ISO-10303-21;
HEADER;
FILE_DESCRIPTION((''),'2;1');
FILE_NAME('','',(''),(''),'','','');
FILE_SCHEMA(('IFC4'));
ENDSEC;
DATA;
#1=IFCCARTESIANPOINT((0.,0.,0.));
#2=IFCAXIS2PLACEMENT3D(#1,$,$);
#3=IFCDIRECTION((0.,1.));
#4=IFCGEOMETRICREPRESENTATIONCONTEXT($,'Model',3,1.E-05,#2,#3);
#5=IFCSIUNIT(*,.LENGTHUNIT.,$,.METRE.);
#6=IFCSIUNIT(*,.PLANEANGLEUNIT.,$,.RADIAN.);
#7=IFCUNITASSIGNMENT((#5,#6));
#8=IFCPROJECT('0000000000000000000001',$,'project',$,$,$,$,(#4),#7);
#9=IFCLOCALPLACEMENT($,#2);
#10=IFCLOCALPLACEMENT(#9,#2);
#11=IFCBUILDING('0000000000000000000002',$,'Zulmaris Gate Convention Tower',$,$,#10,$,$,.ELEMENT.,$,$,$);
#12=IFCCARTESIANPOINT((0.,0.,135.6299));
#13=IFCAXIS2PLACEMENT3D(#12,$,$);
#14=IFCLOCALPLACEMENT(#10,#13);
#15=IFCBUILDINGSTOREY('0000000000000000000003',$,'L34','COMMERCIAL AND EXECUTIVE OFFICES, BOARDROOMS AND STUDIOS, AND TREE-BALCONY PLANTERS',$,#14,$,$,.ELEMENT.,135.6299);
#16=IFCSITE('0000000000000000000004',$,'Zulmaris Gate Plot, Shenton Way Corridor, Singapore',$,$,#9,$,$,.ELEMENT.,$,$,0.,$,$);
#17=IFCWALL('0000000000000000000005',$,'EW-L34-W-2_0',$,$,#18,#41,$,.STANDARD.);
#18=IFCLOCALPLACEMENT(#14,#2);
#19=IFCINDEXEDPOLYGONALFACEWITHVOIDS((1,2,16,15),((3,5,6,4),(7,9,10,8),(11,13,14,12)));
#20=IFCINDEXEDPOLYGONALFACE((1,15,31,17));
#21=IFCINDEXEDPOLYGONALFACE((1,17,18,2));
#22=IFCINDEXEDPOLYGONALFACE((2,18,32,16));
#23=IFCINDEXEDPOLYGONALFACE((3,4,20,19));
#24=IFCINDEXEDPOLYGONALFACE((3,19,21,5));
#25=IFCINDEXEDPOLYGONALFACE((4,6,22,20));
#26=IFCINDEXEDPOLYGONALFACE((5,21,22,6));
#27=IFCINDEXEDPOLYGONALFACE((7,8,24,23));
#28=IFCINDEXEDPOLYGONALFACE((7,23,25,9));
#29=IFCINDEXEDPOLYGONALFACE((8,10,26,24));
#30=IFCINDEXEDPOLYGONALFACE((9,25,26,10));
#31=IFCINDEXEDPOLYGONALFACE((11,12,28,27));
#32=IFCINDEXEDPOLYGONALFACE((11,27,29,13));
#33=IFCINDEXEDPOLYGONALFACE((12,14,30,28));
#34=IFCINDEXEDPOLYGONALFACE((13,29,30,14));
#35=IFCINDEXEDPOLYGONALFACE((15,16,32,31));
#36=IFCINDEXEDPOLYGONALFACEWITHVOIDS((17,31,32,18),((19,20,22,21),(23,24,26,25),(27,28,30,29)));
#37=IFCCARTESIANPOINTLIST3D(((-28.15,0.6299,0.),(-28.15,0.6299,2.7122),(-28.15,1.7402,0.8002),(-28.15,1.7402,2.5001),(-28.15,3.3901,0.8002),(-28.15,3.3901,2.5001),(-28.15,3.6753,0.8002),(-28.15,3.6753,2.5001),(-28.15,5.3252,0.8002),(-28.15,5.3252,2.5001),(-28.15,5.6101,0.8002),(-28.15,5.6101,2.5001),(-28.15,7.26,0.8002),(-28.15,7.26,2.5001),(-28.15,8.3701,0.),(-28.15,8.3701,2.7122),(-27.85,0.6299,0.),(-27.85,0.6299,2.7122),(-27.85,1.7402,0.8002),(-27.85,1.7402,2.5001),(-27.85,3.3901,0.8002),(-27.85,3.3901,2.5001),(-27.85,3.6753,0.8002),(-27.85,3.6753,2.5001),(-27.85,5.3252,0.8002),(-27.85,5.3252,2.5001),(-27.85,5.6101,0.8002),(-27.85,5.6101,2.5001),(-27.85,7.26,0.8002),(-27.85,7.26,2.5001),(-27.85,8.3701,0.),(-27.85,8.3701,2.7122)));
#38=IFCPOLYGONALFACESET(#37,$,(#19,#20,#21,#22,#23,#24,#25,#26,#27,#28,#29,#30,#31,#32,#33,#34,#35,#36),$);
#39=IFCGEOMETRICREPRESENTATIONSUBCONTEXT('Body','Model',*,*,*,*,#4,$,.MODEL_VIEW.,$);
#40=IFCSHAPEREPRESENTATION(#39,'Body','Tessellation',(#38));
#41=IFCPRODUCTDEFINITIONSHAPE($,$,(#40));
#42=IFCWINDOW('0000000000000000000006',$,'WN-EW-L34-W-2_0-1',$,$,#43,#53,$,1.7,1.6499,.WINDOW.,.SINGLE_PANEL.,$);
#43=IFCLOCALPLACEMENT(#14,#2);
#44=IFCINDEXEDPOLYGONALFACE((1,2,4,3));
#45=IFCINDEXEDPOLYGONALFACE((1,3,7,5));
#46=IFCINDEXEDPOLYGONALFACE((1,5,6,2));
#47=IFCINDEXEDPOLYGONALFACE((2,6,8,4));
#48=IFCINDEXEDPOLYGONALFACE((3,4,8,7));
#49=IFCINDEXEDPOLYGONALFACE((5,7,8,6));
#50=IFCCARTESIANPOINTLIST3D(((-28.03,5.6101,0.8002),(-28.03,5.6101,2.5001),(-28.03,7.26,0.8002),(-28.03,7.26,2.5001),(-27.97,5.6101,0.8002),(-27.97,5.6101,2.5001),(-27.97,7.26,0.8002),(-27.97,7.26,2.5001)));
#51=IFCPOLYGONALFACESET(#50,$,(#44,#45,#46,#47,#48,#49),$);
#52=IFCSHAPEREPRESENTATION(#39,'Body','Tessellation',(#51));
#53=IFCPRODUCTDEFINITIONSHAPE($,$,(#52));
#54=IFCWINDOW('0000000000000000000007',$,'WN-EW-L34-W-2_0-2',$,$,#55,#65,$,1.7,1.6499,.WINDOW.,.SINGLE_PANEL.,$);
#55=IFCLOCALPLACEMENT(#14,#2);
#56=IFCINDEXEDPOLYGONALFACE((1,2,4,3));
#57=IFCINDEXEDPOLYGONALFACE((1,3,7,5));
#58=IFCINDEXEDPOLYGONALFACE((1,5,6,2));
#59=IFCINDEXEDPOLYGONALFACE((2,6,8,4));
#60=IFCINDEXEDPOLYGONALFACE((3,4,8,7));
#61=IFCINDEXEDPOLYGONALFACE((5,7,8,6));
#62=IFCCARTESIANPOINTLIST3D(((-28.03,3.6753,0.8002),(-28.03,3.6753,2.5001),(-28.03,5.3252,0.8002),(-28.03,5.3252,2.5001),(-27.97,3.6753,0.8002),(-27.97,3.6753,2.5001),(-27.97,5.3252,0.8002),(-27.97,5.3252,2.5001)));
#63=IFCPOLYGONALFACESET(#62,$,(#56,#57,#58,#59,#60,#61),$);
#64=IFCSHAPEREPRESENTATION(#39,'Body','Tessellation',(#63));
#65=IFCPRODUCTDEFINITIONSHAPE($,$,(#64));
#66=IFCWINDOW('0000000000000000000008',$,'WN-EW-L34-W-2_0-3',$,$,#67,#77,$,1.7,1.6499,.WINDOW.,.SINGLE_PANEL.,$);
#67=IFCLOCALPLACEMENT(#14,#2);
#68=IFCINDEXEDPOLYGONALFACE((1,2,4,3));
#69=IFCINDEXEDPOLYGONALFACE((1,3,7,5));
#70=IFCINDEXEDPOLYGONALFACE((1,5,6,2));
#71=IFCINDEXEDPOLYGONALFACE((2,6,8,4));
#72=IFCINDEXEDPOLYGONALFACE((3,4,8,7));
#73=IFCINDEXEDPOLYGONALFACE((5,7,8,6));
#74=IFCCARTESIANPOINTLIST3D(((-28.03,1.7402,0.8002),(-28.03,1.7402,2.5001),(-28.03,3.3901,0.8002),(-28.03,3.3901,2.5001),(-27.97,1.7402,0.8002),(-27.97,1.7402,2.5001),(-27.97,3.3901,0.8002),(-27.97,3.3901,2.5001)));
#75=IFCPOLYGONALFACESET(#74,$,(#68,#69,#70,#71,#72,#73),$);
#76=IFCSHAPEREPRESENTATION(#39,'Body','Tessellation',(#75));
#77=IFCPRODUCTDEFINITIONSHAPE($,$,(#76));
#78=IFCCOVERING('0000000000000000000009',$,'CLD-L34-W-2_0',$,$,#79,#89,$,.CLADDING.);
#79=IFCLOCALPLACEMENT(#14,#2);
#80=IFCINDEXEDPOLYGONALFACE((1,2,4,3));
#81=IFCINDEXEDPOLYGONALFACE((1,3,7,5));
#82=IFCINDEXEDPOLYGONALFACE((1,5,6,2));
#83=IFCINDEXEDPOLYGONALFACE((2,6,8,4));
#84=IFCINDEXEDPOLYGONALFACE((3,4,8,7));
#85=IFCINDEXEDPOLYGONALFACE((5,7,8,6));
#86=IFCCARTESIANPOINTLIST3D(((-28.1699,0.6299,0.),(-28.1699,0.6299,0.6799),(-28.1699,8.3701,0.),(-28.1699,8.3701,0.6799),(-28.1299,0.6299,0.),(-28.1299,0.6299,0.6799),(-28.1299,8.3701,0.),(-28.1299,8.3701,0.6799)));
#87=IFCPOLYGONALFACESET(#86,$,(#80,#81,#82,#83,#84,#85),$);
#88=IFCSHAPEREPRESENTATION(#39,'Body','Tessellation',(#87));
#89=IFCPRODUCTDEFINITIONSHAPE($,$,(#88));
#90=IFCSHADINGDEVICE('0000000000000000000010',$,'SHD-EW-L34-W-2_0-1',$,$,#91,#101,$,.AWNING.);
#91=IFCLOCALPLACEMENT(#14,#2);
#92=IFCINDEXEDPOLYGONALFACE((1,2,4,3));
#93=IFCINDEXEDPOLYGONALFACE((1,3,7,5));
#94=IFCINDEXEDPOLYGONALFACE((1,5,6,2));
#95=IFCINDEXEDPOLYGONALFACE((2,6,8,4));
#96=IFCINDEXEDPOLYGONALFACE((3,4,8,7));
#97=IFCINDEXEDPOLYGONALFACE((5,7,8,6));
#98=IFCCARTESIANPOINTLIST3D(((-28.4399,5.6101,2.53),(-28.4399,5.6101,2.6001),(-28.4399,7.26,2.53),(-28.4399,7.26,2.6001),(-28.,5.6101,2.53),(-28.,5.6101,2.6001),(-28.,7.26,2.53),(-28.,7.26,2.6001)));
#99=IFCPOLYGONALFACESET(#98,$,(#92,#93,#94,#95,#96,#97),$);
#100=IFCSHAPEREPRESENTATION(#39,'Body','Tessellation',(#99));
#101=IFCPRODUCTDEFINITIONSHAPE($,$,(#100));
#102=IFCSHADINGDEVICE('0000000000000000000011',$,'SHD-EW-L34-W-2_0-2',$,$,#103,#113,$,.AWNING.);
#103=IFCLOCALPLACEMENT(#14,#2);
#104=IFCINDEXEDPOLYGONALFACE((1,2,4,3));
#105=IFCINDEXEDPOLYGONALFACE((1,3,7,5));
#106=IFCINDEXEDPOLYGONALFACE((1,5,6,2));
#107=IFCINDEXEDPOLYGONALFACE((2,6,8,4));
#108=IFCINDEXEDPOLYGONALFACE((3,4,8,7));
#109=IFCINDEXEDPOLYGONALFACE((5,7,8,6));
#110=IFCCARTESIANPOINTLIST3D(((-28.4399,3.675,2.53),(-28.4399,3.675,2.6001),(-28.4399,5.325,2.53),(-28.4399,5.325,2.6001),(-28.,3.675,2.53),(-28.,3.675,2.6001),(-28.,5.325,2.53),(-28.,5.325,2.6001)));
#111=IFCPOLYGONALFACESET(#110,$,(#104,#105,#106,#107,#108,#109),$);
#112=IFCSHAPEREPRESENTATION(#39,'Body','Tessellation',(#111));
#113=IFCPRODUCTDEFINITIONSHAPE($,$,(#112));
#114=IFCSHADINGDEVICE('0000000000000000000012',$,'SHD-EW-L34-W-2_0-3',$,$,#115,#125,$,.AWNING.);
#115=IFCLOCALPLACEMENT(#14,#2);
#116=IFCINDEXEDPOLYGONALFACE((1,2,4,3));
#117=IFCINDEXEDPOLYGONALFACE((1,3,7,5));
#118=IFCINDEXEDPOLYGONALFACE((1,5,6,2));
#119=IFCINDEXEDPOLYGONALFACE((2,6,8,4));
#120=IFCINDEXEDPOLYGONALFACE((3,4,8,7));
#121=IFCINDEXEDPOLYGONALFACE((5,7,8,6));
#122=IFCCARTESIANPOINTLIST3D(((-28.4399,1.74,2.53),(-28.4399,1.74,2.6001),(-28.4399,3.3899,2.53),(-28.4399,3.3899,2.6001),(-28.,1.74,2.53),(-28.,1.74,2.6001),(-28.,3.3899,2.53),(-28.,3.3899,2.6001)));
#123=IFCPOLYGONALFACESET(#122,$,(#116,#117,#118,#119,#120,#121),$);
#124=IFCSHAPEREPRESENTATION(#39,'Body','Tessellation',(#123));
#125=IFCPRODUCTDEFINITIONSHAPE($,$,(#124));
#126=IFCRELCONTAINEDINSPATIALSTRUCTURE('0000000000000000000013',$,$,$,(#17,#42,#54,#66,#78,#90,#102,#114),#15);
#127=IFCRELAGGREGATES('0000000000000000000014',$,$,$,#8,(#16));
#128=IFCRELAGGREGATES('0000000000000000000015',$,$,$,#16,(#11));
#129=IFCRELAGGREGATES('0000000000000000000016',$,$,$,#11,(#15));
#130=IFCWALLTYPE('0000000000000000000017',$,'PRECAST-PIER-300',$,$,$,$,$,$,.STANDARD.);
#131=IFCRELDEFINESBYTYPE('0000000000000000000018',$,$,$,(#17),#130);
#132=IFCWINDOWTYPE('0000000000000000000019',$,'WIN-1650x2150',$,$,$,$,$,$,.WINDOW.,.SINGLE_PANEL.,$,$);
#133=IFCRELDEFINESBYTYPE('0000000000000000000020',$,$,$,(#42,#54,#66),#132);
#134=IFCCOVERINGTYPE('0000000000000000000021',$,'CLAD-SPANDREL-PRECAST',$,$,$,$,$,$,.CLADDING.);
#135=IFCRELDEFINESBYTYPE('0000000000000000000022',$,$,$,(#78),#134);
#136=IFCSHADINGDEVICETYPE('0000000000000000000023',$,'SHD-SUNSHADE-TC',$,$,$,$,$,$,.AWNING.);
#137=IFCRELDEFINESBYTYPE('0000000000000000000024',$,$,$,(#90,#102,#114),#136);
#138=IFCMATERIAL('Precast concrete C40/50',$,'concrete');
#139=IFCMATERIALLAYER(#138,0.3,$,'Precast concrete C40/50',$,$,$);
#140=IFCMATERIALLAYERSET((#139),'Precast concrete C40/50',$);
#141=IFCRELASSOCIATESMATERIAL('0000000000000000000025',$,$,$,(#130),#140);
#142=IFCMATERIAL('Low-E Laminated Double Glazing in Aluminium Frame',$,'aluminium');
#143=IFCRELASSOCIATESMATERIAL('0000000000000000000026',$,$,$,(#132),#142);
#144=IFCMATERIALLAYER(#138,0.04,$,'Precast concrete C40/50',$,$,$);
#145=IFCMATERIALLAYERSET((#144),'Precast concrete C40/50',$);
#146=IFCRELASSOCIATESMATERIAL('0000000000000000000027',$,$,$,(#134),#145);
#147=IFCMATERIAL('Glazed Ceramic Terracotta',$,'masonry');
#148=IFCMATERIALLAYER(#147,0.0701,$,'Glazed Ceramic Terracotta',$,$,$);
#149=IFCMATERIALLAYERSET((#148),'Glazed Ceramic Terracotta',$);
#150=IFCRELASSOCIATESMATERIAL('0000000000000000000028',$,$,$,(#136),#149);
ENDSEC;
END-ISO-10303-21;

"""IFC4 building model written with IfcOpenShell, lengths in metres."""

from ifc_helpers import new_model, si_unit, direction, frame, frame_2d, origin, place, context, subcontext, project, spatial, rectangle, extrude, material, layer, layer_set, type_object, element, fill, save


model = new_model("IFC4")

# Units and contexts
model_context = context("Model", 3, precision=1e-05, world=origin(), true_north=direction((0.0, 1.0)))
body_context = subcontext(model_context, "Body", "Model", "MODEL_VIEW")
ifc_project = project(units=[si_unit("LENGTHUNIT", "METRE"), si_unit("PLANEANGLEUNIT", "RADIAN")], contexts=[model_context])

# Site, building, storey
site_placement = place(None, origin())
site = spatial("IfcSite", under=ifc_project, at=site_placement, Name="Zulmaris Gate Plot, Shenton Way Corridor, Singapore", CompositionType="ELEMENT", RefElevation=0.0)
building_placement = place(site_placement, origin())
building = spatial("IfcBuilding", under=site, at=building_placement, Name="Zulmaris Gate Convention Tower", CompositionType="ELEMENT")
storey_placement = place(building_placement, frame((0.0, 0.0, 135.6299)))
storey = spatial("IfcBuildingStorey", under=building, at=storey_placement, Name="L34", Description="COMMERCIAL AND EXECUTIVE OFFICES, BOARDROOMS AND STUDIOS, AND TREE-BALCONY PLANTERS", CompositionType="ELEMENT", Elevation=135.6299)

# Wall, openings, windows
ifc_material_1 = material(Name="Precast concrete C40/50", Category="concrete")
ifc_layer_1 = layer(ifc_material_1, 0.3, Name="Precast concrete C40/50")
ifc_layer_set_1 = layer_set([ifc_layer_1], Name="Precast concrete C40/50")
wall_type_1 = type_object("IfcWallType", Name="PRECAST-PIER-300", PredefinedType="STANDARD", material=ifc_layer_set_1)
wall_1_placement = place(storey_placement, frame((-28.0, 8.3701, 0.0), z_axis=(0.0, 0.0, 1.0), x_axis=(0.0, -1.0, 0.0)))
wall_1 = element("IfcWall", 1, at=wall_1_placement, inside=storey, type_object=wall_type_1, Name="EW-L34-W-2_0", PredefinedType="STANDARD", context=body_context, shape_type="SweptSolid", body=[
    extrude(rectangle(XDim=7.7402, YDim=0.3, at=frame_2d((3.8701, 0.0))), origin(), (0.0, 0.0, 1.0), 2.7122),
])
opening_1_placement = place(wall_1_placement, frame((1.1101, 0.0, 0.8)))
opening_1 = element("IfcOpeningElement", 2, at=opening_1_placement, cuts=wall_1, PredefinedType="OPENING", context=body_context, shape_type="SweptSolid", body=[
    extrude(rectangle(XDim=1.6499, YDim=1.7, at=frame_2d((0.825, 0.8501))), frame((0.0, 0.1602, 0.0), z_axis=(0.0, -1.0, 0.0), x_axis=(1.0, 0.0, 0.0)), (0.0, 0.0, 1.0), 0.3201),
])
opening_2_placement = place(wall_1_placement, frame((3.0449, 0.0, 0.8)))
opening_2 = element("IfcOpeningElement", 3, at=opening_2_placement, cuts=wall_1, PredefinedType="OPENING", context=body_context, shape_type="SweptSolid", body=[
    extrude(rectangle(XDim=1.6499, YDim=1.7, at=frame_2d((0.825, 0.8501))), frame((0.0, 0.1602, 0.0), z_axis=(0.0, -1.0, 0.0), x_axis=(1.0, 0.0, 0.0)), (0.0, 0.0, 1.0), 0.3201),
])
opening_3_placement = place(wall_1_placement, frame((4.98, 0.0, 0.8)))
opening_3 = element("IfcOpeningElement", 4, at=opening_3_placement, cuts=wall_1, PredefinedType="OPENING", context=body_context, shape_type="SweptSolid", body=[
    extrude(rectangle(XDim=1.6499, YDim=1.7, at=frame_2d((0.825, 0.8501))), frame((0.0, 0.1602, 0.0), z_axis=(0.0, -1.0, 0.0), x_axis=(1.0, 0.0, 0.0)), (0.0, 0.0, 1.0), 0.3201),
])
ifc_material_2 = material(Name="Low-E Laminated Double Glazing in Aluminium Frame", Category="aluminium")
window_type = type_object("IfcWindowType", Name="WIN-1650x2150", PartitioningType="SINGLE_PANEL", PredefinedType="WINDOW", material=ifc_material_2)
window_1_placement = place(opening_1_placement, origin())
window_1 = element("IfcWindow", 5, at=window_1_placement, inside=storey, type_object=window_type, Name="WN-EW-L34-W-2_0-1", OverallHeight=1.7, OverallWidth=1.6499, PartitioningType="SINGLE_PANEL", PredefinedType="WINDOW", context=body_context, shape_type="SweptSolid", body=[
    extrude(rectangle(XDim=1.6499, YDim=1.7, at=frame_2d((0.825, 0.8501))), frame((0.0, 0.03, 0.0), z_axis=(0.0, -1.0, 0.0), x_axis=(1.0, 0.0, 0.0)), (0.0, 0.0, 1.0), 0.0601),
])
fill(opening_1, window_1)
window_2_placement = place(opening_2_placement, origin())
window_2 = element("IfcWindow", 6, at=window_2_placement, inside=storey, type_object=window_type, Name="WN-EW-L34-W-2_0-2", OverallHeight=1.7, OverallWidth=1.6499, PartitioningType="SINGLE_PANEL", PredefinedType="WINDOW", context=body_context, shape_type="SweptSolid", body=[
    extrude(rectangle(XDim=1.6499, YDim=1.7, at=frame_2d((0.825, 0.8501))), frame((0.0, 0.03, 0.0), z_axis=(0.0, -1.0, 0.0), x_axis=(1.0, 0.0, 0.0)), (0.0, 0.0, 1.0), 0.0601),
])
fill(opening_2, window_2)
window_3_placement = place(opening_3_placement, origin())
window_3 = element("IfcWindow", 7, at=window_3_placement, inside=storey, type_object=window_type, Name="WN-EW-L34-W-2_0-3", OverallHeight=1.7, OverallWidth=1.6499, PartitioningType="SINGLE_PANEL", PredefinedType="WINDOW", context=body_context, shape_type="SweptSolid", body=[
    extrude(rectangle(XDim=1.6499, YDim=1.7, at=frame_2d((0.825, 0.8501))), frame((0.0, 0.03, 0.0), z_axis=(0.0, -1.0, 0.0), x_axis=(1.0, 0.0, 0.0)), (0.0, 0.0, 1.0), 0.0601),
])
fill(opening_3, window_3)

# Covering
ifc_layer_2 = layer(ifc_material_1, 0.04, Name="Precast concrete C40/50")
ifc_layer_set_2 = layer_set([ifc_layer_2], Name="Precast concrete C40/50")
covering_type = type_object("IfcCoveringType", Name="CLAD-SPANDREL-PRECAST", PredefinedType="CLADDING", material=ifc_layer_set_2)
covering_placement = place(storey_placement, frame((-28.1499, 8.3701, 0.0), z_axis=(0.0, 0.0, 1.0), x_axis=(0.0, -1.0, 0.0)))
element("IfcCovering", 8, at=covering_placement, inside=storey, type_object=covering_type, Name="CLD-L34-W-2_0", PredefinedType="CLADDING", context=body_context, shape_type="SweptSolid", body=[
    extrude(rectangle(XDim=7.7402, YDim=0.04, at=frame_2d((3.8701, 0.0))), origin(), (0.0, 0.0, 1.0), 0.6799),
])

# Shading devices
ifc_material_3 = material(Name="Glazed Ceramic Terracotta", Category="masonry")
ifc_layer_3 = layer(ifc_material_3, 0.0701, Name="Glazed Ceramic Terracotta")
ifc_layer_set_3 = layer_set([ifc_layer_3], Name="Glazed Ceramic Terracotta")
shading_device_type = type_object("IfcShadingDeviceType", Name="SHD-SUNSHADE-TC", PredefinedType="AWNING", material=ifc_layer_set_3)
for number, where, z_axis, x_axis, name in (
    (9, (-28.22, 7.26, 2.53), (0.0, 0.0, 1.0), (0.0, -1.0, 0.0), "SHD-EW-L34-W-2_0-1"),
    (10, (-28.22, 5.325, 2.53), (0.0, 0.0, 1.0), (0.0, -1.0, 0.0), "SHD-EW-L34-W-2_0-2"),
    (11, (-28.22, 3.3899, 2.53), (0.0, 0.0, 1.0), (0.0, -1.0, 0.0), "SHD-EW-L34-W-2_0-3"),
):
    element("IfcShadingDevice", number, at=place(storey_placement, frame(where, z_axis=z_axis, x_axis=x_axis)), inside=storey, type_object=shading_device_type, Name=name, PredefinedType="AWNING", context=body_context, shape_type="SweptSolid", body=[
        extrude(rectangle(XDim=1.6499, YDim=0.4399, at=frame_2d((0.825, 0.0))), origin(), (0.0, 0.0, 1.0), 0.0701),
    ])

save(model, "model.ifc")
